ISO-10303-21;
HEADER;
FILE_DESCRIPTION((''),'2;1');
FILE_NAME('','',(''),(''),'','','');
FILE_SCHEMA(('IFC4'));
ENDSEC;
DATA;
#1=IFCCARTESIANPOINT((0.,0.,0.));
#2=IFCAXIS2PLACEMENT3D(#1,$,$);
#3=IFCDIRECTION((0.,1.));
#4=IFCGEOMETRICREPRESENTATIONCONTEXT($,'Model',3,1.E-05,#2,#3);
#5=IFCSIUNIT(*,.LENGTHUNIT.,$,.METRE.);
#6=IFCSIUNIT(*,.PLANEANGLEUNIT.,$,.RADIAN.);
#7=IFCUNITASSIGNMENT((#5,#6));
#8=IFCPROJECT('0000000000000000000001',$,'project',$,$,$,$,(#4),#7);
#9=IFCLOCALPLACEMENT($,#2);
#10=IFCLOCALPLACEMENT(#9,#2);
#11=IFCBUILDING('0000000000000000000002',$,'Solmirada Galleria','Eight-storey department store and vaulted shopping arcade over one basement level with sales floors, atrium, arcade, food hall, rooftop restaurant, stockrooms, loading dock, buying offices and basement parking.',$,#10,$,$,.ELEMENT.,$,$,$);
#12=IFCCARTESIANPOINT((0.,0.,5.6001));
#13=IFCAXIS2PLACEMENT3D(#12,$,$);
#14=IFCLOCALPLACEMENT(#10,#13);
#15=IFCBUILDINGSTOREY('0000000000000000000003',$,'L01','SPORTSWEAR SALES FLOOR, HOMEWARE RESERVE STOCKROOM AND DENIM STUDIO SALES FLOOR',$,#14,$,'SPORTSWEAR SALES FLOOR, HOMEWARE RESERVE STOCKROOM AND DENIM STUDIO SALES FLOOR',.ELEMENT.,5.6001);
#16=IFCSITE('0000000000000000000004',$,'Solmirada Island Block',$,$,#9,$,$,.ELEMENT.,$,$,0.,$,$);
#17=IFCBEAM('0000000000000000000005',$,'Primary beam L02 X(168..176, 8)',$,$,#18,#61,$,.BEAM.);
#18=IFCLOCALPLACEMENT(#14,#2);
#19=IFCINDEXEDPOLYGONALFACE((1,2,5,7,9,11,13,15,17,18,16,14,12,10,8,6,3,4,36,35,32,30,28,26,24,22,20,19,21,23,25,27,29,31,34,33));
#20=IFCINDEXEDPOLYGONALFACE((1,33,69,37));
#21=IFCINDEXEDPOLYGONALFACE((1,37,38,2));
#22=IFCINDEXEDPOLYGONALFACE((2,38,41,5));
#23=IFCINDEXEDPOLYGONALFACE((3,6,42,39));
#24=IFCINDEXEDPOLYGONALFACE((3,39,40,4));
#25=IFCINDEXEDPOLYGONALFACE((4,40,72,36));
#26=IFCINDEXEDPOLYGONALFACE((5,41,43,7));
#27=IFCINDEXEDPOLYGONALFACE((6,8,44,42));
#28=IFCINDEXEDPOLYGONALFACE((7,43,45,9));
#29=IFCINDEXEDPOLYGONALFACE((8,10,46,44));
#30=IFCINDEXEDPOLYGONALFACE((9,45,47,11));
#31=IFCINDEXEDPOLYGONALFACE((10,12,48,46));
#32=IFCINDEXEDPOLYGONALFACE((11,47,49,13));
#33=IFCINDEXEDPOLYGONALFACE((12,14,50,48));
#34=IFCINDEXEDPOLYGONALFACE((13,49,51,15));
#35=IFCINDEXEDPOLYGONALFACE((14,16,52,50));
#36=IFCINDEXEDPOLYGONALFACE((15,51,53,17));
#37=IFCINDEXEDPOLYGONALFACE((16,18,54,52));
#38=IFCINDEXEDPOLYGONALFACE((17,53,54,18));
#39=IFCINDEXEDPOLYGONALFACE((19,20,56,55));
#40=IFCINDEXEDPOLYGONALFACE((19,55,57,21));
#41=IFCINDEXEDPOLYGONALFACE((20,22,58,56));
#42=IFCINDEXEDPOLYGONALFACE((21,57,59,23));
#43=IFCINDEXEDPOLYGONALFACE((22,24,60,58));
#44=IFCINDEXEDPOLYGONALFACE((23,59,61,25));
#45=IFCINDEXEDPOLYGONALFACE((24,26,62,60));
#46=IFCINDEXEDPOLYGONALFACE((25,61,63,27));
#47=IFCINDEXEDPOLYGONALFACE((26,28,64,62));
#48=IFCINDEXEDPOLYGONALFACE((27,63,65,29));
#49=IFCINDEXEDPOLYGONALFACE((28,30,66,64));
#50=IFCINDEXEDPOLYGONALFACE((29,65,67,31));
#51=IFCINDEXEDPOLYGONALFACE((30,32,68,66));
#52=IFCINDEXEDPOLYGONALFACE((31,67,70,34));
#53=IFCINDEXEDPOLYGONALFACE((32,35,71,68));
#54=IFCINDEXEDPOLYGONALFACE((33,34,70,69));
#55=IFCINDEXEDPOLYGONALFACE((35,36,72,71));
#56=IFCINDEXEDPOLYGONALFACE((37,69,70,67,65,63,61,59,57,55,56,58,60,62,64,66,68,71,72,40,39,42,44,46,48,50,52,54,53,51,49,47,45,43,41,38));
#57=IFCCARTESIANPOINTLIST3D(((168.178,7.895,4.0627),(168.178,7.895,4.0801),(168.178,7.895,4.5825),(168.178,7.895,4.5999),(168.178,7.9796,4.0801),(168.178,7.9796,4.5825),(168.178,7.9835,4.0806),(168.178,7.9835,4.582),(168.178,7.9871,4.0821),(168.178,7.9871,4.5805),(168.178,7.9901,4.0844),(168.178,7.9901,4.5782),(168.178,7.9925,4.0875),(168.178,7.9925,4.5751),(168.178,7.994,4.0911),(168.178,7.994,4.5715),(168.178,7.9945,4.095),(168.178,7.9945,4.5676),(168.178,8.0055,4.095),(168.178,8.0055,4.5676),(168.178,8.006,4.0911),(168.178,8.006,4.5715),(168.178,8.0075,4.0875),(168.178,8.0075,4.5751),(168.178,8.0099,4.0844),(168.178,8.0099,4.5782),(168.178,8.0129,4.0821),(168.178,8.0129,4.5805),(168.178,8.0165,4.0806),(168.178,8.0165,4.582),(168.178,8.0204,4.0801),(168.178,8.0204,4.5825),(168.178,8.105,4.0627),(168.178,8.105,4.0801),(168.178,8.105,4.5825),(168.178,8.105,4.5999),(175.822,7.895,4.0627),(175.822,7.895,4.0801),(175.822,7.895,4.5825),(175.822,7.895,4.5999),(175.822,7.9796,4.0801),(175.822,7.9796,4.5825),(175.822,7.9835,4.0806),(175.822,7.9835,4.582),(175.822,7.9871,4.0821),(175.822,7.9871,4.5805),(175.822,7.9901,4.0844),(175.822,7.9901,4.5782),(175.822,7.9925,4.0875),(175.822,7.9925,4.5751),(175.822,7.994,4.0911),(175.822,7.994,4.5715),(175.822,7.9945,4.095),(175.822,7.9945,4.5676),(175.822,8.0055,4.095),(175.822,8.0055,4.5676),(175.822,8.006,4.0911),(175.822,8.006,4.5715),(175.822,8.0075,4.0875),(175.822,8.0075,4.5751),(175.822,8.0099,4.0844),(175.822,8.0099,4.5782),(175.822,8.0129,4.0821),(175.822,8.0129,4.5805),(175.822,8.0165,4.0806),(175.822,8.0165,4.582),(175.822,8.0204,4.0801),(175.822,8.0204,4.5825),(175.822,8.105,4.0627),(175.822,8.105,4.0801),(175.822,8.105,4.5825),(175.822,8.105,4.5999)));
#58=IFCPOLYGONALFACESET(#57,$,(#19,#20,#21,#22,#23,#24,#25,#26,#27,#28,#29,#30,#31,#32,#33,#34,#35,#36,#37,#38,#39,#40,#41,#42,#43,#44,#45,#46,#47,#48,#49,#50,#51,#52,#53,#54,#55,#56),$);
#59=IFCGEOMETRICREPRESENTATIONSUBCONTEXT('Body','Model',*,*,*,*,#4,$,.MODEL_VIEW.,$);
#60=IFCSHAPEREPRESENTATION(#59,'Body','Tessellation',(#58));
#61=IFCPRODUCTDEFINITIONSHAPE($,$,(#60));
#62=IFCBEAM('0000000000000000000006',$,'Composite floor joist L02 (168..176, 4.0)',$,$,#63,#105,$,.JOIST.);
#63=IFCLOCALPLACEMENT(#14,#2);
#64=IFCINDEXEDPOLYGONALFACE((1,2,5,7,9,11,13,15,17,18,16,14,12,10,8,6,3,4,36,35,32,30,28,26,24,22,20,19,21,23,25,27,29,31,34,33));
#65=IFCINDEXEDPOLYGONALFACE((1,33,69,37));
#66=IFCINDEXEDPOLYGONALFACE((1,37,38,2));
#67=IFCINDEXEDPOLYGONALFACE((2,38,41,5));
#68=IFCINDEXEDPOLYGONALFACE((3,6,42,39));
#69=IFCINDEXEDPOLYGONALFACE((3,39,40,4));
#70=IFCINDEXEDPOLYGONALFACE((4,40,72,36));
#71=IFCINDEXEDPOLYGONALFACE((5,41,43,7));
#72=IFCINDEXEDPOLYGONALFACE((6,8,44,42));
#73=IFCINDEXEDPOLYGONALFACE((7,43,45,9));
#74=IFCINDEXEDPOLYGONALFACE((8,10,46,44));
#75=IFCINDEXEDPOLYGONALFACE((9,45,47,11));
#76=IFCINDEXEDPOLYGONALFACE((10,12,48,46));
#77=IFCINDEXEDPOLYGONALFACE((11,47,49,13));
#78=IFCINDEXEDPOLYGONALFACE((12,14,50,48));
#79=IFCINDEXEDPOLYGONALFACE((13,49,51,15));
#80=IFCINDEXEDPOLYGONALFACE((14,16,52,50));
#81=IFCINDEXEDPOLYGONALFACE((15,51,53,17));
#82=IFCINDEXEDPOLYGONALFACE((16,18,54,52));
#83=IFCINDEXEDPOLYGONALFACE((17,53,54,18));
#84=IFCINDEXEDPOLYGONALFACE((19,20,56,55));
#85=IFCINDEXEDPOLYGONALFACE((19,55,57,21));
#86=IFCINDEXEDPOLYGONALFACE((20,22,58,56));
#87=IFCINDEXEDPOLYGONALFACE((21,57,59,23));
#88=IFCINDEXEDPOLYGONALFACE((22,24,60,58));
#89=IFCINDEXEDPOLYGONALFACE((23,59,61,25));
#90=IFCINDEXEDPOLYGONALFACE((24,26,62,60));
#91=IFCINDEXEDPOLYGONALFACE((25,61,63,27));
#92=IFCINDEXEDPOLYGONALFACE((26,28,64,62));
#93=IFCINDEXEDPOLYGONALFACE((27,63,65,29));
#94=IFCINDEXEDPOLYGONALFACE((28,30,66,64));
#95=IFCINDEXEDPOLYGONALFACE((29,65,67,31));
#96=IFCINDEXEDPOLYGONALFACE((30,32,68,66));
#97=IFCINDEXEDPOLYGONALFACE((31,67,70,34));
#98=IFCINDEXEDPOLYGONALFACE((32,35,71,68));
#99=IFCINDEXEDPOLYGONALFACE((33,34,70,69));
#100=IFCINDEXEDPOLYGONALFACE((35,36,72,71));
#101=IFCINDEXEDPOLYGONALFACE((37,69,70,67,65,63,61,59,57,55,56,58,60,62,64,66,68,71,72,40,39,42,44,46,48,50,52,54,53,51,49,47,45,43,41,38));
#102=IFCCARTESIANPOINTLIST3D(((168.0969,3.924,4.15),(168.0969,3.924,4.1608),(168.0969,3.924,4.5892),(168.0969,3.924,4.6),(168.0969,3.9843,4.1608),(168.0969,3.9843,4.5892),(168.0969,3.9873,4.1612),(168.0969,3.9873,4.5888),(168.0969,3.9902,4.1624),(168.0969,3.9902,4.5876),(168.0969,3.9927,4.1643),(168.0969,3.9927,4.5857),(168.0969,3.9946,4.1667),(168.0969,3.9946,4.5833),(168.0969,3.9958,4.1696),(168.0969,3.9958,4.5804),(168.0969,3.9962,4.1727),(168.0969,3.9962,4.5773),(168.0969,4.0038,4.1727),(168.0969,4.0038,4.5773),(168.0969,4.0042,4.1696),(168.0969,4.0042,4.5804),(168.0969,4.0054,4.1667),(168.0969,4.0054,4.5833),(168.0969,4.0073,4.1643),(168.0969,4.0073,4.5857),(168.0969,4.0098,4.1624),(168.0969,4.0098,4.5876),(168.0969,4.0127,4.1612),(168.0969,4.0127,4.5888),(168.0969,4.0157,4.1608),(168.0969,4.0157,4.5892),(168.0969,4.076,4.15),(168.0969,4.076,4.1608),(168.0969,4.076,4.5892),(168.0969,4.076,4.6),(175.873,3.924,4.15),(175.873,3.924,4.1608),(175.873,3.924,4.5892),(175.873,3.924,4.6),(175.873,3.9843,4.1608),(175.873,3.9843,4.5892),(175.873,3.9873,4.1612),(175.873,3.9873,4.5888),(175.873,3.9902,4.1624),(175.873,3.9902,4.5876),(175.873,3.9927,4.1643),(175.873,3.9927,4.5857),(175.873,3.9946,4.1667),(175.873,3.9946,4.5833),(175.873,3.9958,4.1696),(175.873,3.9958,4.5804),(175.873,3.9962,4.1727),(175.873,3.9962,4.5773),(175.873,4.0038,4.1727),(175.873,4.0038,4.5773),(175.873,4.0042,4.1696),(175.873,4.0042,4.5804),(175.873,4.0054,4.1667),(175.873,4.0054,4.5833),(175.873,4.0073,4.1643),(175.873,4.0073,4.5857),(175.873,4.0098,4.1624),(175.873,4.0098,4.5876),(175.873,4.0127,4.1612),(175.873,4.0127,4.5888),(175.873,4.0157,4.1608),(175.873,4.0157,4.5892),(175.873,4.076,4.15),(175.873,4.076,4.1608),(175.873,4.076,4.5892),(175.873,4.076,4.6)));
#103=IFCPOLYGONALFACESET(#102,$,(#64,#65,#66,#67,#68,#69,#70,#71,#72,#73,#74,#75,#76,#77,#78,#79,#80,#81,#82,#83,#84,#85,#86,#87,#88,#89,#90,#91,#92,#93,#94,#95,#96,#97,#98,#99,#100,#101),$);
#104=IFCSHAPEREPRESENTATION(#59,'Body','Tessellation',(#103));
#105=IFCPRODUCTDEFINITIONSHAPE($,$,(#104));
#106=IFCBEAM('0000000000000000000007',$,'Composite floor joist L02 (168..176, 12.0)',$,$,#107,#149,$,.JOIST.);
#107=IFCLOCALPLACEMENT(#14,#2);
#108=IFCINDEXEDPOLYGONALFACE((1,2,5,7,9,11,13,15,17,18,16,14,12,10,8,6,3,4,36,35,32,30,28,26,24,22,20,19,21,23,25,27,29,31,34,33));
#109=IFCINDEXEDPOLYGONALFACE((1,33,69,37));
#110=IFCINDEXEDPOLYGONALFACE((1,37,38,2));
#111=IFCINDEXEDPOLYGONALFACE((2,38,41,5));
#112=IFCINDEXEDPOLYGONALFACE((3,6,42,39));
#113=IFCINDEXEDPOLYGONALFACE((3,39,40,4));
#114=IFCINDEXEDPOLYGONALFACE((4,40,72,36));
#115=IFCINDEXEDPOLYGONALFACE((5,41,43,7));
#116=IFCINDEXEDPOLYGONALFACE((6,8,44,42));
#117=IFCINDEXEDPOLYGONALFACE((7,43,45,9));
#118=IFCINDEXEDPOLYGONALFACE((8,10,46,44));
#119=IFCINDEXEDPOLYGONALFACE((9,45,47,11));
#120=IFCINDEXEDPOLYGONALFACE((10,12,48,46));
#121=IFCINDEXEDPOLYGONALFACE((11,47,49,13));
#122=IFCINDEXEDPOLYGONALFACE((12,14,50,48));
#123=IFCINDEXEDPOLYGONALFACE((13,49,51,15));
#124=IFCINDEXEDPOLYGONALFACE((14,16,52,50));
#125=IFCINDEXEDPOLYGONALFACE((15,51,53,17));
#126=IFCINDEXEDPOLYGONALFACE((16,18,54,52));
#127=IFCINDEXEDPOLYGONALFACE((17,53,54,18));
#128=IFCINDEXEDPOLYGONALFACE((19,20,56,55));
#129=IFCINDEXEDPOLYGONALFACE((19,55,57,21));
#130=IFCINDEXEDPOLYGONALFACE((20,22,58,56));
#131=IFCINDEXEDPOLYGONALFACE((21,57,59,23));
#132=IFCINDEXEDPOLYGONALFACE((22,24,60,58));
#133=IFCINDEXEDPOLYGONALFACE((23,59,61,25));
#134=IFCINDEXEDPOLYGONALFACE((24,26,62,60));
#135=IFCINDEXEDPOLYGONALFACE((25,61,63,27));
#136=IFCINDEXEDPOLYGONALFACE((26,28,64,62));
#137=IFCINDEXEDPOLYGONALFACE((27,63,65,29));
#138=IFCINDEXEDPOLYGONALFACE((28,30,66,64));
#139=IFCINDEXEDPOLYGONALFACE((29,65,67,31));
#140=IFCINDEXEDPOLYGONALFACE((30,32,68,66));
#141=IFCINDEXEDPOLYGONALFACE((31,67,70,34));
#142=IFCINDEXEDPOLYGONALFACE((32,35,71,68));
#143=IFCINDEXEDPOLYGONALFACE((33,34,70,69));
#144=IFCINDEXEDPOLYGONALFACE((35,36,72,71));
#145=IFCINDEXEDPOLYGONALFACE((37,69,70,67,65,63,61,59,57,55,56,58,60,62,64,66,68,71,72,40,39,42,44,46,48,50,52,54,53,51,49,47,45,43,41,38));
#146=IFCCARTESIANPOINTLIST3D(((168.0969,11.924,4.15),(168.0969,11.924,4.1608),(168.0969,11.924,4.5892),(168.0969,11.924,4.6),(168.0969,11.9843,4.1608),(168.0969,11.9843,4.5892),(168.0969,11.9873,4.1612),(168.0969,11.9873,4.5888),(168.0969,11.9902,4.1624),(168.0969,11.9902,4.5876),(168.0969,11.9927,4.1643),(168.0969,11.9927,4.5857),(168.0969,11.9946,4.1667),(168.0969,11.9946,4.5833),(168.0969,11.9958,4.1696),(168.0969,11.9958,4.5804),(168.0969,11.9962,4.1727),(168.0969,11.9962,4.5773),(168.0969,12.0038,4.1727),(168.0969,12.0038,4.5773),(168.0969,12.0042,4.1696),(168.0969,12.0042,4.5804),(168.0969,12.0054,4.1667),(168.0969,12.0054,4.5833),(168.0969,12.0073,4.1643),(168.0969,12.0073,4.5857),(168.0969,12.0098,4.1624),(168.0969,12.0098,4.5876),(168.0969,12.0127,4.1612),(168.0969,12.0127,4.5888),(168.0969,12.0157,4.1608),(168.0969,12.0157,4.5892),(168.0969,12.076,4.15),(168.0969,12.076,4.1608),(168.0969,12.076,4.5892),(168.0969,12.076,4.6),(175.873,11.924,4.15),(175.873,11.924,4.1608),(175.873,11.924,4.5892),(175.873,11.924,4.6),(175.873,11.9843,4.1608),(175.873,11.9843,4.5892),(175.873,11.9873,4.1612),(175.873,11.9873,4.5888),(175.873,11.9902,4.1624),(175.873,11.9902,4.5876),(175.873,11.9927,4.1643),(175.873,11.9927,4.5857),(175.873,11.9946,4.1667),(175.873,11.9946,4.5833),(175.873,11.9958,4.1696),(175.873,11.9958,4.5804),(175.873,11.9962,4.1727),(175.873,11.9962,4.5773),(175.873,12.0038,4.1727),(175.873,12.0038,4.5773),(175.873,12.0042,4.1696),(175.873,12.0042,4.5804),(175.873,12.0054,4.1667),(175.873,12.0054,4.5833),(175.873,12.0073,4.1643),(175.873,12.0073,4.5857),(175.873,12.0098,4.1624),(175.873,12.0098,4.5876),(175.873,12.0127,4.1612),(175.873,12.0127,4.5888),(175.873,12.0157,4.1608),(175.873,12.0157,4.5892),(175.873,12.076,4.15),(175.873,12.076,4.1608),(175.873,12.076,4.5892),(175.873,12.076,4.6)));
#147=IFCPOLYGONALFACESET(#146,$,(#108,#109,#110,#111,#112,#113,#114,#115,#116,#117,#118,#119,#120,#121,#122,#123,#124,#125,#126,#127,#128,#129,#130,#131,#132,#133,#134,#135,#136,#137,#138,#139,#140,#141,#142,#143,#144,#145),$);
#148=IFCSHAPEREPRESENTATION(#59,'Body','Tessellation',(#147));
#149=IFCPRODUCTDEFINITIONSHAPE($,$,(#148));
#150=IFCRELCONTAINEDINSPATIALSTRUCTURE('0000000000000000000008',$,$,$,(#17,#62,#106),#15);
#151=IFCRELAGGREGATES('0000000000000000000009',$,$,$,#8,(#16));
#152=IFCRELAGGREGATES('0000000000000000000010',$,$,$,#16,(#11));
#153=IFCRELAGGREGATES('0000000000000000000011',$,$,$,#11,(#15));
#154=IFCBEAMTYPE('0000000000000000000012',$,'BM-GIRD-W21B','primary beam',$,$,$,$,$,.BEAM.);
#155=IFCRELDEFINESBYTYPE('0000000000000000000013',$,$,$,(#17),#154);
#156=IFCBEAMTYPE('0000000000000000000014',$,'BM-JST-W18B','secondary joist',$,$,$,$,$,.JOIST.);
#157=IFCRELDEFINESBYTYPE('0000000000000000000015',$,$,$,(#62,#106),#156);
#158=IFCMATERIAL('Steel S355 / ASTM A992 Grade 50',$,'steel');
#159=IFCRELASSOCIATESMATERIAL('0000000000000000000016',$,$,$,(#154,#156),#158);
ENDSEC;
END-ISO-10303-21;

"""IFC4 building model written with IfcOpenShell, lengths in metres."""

from ifc_helpers import new_model, si_unit, direction, frame, origin, origin_2d, place, context, subcontext, project, spatial, i_section, extrude, material, material_profile, profile_set, type_object, element, save


model = new_model("IFC4")

# Units and contexts
model_context = context("Model", 3, precision=1e-05, world=origin(), true_north=direction((0.0, 1.0)))
body_context = subcontext(model_context, "Body", "Model", "MODEL_VIEW")
ifc_project = project(units=[si_unit("LENGTHUNIT", "METRE"), si_unit("PLANEANGLEUNIT", "RADIAN")], contexts=[model_context])

# Site, building, storey
site_placement = place(None, origin())
site = spatial("IfcSite", under=ifc_project, at=site_placement, Name="Solmirada Island Block", CompositionType="ELEMENT", RefElevation=0.0)
building_placement = place(site_placement, origin())
building = spatial("IfcBuilding", under=site, at=building_placement, Name="Solmirada Galleria", Description="Eight-storey department store and vaulted shopping arcade over one basement level with sales floors, atrium, arcade, food hall, rooftop restaurant, stockrooms, loading dock, buying offices and basement parking.", CompositionType="ELEMENT")
storey_placement = place(building_placement, frame((0.0, 0.0, 5.6001)))
storey = spatial("IfcBuildingStorey", under=building, at=storey_placement, Name="L01", Description="SPORTSWEAR SALES FLOOR, HOMEWARE RESERVE STOCKROOM AND DENIM STUDIO SALES FLOOR", LongName="SPORTSWEAR SALES FLOOR, HOMEWARE RESERVE STOCKROOM AND DENIM STUDIO SALES FLOOR", CompositionType="ELEMENT", Elevation=5.6001)

# Beams
ifc_material_1 = material(Name="Steel S355 / ASTM A992 Grade 50", Category="steel")
ifc_material_profile_1 = material_profile(ifc_material_1, i_section(OverallWidth=0.21, OverallDepth=0.5371, WebThickness=0.011, FlangeThickness=0.0173, FilletRadius=0.0149, at=origin_2d()), Name="W21X68")
ifc_profile_set_1 = profile_set([ifc_material_profile_1], Name="Steel S355 / ASTM A992 Grade 50")
beam_type_1 = type_object("IfcBeamType", Name="BM-GIRD-W21B", Description="primary beam", PredefinedType="BEAM", material=ifc_profile_set_1)
beam_1_placement = place(storey_placement, frame((168.178, 8.0, 4.3313), z_axis=(1.0, 0.0, 0.0), x_axis=(0.0, 1.0, 0.0)))
element("IfcBeam", 1, at=beam_1_placement, inside=storey, type_object=beam_type_1, Name="Primary beam L02 X(168..176, 8)", PredefinedType="BEAM", context=body_context, shape_type="SweptSolid", body=[
    extrude(i_section(OverallWidth=0.21, OverallDepth=0.5371, WebThickness=0.011, FlangeThickness=0.0173, FilletRadius=0.0149, at=origin_2d()), origin(), (0.0, 0.0, 1.0), 7.644),
])
ifc_material_profile_2 = material_profile(ifc_material_1, i_section(OverallWidth=0.1521, OverallDepth=0.45, WebThickness=0.0076, FlangeThickness=0.0107, FilletRadius=0.012, at=origin_2d()), Name="W18X35")
ifc_profile_set_2 = profile_set([ifc_material_profile_2], Name="Steel S355 / ASTM A992 Grade 50")
beam_type_2 = type_object("IfcBeamType", Name="BM-JST-W18B", Description="secondary joist", PredefinedType="JOIST", material=ifc_profile_set_2)
for number, where, z_axis, x_axis, name in (
    (2, (168.0969, 4.0, 4.375), (1.0, 0.0, 0.0), (0.0, 1.0, 0.0), "Composite floor joist L02 (168..176, 4.0)"),
    (3, (168.0969, 12.0, 4.375), (1.0, 0.0, 0.0), (0.0, 1.0, 0.0), "Composite floor joist L02 (168..176, 12.0)"),
):
    element("IfcBeam", number, at=place(storey_placement, frame(where, z_axis=z_axis, x_axis=x_axis)), inside=storey, type_object=beam_type_2, Name=name, PredefinedType="JOIST", context=body_context, shape_type="SweptSolid", body=[
        extrude(i_section(OverallWidth=0.1521, OverallDepth=0.45, WebThickness=0.0076, FlangeThickness=0.0107, FilletRadius=0.012, at=origin_2d()), origin(), (0.0, 0.0, 1.0), 7.7761),
    ])

save(model, "model.ifc")
